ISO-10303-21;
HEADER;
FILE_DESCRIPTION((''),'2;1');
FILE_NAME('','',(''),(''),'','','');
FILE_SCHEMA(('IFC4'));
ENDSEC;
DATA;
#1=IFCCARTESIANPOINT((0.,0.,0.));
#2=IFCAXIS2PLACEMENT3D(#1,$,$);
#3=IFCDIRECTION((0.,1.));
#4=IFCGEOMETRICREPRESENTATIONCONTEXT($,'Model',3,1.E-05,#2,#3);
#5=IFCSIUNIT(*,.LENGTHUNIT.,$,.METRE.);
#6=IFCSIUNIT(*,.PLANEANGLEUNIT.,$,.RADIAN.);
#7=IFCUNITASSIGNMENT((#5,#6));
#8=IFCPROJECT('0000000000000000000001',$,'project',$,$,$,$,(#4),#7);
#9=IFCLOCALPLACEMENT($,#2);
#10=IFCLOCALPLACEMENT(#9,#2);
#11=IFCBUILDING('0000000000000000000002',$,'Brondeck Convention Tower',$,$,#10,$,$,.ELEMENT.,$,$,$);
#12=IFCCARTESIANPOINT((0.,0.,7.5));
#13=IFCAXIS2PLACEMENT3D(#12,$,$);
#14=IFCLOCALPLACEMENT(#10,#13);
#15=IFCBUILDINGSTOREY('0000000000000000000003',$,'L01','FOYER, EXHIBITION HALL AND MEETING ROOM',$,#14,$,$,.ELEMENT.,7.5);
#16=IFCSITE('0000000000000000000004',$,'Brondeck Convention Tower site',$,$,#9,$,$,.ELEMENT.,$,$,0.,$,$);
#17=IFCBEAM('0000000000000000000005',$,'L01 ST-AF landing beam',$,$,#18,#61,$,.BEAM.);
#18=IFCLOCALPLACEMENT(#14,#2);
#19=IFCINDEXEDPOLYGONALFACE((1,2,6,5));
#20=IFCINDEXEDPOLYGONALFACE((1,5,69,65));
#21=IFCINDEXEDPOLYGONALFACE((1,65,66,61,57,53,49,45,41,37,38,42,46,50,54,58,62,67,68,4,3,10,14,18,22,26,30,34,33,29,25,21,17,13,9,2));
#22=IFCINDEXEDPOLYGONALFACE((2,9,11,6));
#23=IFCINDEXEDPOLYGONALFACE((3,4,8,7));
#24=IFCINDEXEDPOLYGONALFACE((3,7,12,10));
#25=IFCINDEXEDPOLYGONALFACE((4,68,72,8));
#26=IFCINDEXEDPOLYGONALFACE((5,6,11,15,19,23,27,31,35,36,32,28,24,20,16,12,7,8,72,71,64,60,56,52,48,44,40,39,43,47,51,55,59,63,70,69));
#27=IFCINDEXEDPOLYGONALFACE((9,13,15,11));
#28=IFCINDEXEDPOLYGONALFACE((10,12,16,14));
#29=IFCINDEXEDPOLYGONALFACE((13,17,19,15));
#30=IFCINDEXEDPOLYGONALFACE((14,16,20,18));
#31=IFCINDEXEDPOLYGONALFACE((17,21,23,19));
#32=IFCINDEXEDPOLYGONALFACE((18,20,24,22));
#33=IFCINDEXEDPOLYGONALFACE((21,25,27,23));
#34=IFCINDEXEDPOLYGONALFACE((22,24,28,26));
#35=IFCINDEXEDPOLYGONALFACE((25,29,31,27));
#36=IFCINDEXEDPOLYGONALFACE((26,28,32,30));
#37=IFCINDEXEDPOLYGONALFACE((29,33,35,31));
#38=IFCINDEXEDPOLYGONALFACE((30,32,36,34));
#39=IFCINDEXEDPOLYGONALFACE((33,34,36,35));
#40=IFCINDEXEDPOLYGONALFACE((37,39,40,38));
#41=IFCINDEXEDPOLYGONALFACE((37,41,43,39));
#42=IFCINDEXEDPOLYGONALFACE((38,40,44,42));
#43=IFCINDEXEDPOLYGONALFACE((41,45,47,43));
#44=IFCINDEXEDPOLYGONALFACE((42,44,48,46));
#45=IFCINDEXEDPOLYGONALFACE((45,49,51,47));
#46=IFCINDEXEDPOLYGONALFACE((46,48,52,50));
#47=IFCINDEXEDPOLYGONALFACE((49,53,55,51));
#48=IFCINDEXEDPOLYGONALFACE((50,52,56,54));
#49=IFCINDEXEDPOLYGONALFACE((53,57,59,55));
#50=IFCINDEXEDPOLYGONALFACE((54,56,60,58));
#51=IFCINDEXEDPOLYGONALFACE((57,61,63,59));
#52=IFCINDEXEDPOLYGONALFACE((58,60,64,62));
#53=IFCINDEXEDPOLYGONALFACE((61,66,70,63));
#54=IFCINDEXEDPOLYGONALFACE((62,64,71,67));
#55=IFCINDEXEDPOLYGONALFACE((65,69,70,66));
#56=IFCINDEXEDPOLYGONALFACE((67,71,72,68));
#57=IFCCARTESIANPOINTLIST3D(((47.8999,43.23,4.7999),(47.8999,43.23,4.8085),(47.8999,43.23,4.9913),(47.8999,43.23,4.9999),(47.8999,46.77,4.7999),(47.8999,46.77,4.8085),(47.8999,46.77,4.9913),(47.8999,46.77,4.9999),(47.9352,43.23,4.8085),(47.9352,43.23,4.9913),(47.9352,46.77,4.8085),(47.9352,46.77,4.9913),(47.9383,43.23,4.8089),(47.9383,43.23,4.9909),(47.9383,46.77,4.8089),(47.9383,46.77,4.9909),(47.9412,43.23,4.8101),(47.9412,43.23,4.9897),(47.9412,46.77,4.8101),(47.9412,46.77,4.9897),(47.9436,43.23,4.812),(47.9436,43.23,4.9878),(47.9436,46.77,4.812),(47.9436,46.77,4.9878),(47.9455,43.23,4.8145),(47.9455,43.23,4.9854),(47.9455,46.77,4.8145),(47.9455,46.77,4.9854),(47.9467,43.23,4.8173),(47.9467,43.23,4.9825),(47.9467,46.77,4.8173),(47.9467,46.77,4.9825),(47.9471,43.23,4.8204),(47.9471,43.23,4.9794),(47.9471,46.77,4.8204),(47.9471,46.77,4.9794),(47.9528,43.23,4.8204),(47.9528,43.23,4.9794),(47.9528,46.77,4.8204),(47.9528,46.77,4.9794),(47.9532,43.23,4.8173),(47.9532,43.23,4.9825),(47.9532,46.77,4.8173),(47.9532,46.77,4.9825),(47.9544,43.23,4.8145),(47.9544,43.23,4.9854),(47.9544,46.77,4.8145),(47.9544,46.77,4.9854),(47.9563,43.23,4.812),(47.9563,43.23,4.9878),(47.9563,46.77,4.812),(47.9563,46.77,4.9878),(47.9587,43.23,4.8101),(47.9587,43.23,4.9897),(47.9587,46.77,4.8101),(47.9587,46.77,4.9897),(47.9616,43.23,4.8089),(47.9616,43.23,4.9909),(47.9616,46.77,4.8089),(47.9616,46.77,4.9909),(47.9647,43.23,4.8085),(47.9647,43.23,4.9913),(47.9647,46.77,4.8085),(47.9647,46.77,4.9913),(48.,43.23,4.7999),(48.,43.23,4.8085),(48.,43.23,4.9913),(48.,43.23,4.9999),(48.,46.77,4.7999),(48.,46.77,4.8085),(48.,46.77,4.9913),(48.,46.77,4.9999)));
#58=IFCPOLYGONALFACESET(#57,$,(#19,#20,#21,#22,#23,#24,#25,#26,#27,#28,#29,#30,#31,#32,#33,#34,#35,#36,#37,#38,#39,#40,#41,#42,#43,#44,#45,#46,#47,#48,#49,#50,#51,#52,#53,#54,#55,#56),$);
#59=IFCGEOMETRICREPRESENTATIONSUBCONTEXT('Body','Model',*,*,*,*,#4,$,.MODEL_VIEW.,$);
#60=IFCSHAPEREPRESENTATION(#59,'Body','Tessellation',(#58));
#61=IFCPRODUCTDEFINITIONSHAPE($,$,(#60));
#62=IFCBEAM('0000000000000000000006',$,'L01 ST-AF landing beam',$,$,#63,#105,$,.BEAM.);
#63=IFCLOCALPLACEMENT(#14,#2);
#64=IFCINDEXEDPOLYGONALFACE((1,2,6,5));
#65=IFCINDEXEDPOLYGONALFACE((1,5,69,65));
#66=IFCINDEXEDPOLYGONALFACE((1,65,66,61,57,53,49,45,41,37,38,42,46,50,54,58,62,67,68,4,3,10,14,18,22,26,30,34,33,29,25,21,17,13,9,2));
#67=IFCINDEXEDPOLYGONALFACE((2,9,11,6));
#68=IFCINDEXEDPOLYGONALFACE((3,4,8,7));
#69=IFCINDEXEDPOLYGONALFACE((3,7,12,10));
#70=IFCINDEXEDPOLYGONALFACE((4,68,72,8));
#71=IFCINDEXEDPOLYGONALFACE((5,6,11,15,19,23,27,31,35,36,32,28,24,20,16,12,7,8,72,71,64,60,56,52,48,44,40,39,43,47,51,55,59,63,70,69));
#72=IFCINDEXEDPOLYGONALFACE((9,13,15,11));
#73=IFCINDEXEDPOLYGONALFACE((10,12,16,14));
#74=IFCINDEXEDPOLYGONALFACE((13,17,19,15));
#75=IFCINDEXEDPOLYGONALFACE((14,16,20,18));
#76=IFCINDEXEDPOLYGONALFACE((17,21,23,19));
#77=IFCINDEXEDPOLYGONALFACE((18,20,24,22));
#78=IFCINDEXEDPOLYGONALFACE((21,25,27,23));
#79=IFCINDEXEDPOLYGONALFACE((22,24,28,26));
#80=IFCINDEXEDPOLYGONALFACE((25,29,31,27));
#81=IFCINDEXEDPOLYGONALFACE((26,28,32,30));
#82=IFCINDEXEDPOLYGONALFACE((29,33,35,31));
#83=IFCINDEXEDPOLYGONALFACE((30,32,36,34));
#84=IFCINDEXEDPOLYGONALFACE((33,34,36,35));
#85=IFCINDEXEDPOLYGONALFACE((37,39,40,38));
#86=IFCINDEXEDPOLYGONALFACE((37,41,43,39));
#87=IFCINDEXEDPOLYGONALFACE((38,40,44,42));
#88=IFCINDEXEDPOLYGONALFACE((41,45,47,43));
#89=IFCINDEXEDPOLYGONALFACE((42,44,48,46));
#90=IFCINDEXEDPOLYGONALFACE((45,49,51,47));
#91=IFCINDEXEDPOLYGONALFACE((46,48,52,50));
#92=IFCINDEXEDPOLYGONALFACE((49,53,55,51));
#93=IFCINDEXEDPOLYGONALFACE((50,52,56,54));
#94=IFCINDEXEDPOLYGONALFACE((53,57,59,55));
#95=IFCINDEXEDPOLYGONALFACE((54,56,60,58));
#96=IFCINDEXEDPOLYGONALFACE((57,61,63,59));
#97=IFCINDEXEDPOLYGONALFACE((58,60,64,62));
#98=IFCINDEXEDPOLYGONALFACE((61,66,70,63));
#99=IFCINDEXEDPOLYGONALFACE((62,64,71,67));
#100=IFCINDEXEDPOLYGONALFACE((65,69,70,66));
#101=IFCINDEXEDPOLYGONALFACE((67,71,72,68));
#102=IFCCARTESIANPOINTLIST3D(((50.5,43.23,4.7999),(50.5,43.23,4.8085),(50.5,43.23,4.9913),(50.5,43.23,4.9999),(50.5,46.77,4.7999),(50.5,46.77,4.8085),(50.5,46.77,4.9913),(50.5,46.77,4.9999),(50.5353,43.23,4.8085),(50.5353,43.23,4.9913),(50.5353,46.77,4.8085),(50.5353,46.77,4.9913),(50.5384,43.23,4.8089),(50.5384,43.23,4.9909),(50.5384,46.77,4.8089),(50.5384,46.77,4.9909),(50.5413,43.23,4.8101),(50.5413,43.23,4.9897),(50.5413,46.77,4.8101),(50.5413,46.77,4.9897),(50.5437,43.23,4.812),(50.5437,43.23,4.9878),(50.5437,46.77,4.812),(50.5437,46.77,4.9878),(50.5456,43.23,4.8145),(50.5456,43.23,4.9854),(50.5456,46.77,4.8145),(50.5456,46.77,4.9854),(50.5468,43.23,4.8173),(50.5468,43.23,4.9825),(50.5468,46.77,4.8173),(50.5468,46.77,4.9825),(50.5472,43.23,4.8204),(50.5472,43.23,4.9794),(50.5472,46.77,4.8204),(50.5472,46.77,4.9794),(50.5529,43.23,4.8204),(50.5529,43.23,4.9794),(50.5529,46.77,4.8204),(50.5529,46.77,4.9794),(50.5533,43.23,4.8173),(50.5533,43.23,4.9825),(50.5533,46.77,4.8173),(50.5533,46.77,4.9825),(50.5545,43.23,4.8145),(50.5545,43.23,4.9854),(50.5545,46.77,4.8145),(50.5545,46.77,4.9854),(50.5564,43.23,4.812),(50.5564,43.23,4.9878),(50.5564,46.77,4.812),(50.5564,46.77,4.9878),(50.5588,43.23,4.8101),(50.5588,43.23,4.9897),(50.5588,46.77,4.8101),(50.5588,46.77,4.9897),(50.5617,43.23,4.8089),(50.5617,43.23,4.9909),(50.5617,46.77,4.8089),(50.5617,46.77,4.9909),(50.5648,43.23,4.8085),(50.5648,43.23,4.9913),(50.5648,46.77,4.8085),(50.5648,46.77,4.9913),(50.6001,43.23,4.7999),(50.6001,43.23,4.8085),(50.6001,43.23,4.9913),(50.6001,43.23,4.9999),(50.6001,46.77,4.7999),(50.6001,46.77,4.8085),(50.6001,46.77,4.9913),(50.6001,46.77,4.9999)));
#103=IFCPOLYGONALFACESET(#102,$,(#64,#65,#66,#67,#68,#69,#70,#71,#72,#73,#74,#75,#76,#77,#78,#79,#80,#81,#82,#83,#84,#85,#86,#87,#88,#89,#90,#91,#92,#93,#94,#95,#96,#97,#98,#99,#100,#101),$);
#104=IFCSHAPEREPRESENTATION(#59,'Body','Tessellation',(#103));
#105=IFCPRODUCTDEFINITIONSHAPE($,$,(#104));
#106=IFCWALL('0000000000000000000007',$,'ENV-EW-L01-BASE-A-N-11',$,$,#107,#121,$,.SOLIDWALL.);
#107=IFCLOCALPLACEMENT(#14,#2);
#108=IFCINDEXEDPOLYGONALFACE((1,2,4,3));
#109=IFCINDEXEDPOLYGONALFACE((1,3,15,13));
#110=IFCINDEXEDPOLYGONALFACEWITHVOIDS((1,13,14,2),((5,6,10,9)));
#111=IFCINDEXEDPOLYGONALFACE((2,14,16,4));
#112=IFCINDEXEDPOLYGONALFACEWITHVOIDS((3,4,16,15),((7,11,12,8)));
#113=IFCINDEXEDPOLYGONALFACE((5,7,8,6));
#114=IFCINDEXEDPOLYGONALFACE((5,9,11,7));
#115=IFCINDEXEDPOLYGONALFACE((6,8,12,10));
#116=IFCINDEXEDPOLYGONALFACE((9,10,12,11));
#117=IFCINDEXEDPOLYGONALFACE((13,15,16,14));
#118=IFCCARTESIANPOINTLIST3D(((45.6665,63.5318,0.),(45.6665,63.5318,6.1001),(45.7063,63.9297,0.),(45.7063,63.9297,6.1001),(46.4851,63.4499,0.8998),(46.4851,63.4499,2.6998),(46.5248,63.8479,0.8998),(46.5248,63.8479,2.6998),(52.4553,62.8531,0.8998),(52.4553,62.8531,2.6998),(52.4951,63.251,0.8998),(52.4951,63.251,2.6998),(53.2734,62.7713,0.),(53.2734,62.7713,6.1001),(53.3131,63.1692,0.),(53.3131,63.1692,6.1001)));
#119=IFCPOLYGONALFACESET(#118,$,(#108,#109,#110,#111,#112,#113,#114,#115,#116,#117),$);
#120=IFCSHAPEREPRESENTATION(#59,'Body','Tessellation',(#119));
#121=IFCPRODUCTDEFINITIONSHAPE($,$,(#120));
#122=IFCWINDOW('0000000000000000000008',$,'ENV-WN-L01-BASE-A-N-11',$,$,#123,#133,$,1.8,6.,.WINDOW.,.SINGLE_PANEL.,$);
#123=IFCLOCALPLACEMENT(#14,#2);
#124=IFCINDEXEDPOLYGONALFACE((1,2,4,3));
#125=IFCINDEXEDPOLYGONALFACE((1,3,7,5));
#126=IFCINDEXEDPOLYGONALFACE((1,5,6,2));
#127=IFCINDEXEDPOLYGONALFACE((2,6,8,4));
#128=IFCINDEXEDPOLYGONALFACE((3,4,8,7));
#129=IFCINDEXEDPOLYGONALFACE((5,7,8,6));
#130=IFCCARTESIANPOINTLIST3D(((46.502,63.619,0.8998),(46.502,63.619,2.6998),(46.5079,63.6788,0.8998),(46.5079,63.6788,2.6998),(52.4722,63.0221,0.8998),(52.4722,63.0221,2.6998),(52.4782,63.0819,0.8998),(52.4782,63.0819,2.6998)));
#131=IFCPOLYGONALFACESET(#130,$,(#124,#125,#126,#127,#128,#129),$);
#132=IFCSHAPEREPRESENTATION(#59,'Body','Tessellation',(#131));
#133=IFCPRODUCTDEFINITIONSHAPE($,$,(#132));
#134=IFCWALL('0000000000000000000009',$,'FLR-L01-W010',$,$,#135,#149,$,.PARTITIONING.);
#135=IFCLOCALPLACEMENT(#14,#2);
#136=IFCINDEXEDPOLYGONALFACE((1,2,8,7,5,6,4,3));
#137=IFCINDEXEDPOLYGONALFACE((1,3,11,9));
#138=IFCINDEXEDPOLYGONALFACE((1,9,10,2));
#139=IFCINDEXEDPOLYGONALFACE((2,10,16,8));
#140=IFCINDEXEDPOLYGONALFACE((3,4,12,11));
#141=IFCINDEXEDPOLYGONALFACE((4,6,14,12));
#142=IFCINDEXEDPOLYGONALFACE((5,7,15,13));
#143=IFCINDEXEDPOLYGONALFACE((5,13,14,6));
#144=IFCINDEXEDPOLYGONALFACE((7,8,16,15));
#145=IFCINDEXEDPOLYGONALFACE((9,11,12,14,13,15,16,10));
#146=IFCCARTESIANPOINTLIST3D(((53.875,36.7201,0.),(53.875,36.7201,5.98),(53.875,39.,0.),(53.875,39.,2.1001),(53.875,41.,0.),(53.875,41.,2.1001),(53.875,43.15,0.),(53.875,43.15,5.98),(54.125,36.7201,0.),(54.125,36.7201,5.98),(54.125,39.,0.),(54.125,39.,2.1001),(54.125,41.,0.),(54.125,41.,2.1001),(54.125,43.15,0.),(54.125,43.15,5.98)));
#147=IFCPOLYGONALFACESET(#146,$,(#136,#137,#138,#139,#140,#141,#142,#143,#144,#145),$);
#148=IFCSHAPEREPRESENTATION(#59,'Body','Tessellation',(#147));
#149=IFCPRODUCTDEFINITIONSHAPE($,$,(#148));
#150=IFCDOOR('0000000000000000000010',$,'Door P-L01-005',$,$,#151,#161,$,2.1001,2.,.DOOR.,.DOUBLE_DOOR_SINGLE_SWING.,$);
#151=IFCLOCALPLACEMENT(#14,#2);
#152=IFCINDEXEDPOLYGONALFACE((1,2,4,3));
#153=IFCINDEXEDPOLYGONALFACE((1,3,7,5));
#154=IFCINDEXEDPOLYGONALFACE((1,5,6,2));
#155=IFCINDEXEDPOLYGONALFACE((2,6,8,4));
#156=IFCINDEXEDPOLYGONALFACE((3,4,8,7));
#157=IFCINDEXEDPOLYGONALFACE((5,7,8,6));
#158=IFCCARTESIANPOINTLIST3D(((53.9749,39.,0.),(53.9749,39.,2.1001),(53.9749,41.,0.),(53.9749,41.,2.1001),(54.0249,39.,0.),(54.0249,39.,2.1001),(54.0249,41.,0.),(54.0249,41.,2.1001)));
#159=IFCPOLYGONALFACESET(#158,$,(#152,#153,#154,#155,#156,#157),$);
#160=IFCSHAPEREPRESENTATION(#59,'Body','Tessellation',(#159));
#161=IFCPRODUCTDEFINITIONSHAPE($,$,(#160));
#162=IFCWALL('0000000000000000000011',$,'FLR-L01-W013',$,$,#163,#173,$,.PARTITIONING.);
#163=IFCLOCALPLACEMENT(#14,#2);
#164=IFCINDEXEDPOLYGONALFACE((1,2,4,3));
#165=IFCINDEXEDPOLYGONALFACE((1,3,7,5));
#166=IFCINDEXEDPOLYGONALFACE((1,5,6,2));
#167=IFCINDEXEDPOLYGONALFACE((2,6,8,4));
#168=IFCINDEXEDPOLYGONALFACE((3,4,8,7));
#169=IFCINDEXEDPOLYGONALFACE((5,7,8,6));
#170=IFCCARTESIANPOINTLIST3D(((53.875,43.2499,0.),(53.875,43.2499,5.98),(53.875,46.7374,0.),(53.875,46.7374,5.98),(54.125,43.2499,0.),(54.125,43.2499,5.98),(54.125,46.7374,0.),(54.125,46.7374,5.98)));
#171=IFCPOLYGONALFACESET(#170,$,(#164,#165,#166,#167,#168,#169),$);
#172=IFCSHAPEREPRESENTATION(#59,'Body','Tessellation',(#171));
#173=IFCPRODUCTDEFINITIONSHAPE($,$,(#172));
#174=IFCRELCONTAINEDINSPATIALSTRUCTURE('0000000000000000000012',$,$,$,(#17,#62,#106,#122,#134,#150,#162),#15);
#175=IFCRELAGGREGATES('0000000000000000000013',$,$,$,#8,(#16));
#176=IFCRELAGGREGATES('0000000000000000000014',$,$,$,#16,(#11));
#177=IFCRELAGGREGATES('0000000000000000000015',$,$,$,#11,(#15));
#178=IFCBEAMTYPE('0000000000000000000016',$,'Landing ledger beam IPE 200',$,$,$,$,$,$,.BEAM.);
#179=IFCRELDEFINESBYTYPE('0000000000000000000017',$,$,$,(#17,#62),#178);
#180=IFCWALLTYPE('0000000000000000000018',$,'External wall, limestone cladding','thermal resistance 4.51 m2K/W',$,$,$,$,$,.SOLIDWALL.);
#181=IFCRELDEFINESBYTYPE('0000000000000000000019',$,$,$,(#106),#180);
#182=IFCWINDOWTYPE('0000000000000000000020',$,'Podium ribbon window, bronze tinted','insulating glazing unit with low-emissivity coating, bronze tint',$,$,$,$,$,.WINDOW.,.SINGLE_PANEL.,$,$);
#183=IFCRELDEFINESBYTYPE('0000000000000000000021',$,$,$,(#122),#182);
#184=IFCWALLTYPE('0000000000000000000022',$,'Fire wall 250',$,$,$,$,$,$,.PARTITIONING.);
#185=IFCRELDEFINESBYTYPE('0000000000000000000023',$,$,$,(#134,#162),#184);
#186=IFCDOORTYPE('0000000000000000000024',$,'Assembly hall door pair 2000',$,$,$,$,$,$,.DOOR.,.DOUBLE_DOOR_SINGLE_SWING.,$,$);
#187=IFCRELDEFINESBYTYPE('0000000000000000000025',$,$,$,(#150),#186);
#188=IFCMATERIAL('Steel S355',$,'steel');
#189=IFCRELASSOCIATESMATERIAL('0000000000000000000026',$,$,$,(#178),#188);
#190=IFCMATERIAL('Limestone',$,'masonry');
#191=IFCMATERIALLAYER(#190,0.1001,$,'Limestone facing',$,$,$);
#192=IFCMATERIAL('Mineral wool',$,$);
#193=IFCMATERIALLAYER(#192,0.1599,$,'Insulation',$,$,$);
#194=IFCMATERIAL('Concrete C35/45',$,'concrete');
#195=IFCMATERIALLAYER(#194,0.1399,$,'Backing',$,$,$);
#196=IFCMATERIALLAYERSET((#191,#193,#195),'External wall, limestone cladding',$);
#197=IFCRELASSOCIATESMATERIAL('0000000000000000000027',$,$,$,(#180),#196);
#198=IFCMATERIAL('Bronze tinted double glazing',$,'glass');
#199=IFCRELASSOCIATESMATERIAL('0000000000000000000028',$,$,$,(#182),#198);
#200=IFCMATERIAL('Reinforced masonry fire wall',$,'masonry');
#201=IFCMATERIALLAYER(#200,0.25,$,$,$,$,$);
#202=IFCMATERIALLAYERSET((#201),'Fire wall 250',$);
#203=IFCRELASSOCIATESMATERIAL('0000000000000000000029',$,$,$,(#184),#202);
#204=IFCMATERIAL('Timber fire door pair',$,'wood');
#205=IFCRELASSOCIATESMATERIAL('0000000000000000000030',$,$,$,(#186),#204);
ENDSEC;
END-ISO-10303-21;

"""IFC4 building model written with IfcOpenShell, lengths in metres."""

from ifc_helpers import new_model, si_unit, direction, frame, frame_2d, origin, origin_2d, place, context, subcontext, project, spatial, rectangle, i_section, extrude, material, layer, layer_set, material_profile, profile_set, type_object, element, fill, save


model = new_model("IFC4")

# Units and contexts
model_context = context("Model", 3, precision=1e-05, world=origin(), true_north=direction((0.0, 1.0)))
body_context = subcontext(model_context, "Body", "Model", "MODEL_VIEW")
ifc_project = project(units=[si_unit("LENGTHUNIT", "METRE"), si_unit("PLANEANGLEUNIT", "RADIAN")], contexts=[model_context])

# Site, building, storey
site_placement = place(None, origin())
site = spatial("IfcSite", under=ifc_project, at=site_placement, Name="Brondeck Convention Tower site", CompositionType="ELEMENT", RefElevation=0.0)
building_placement = place(site_placement, origin())
building = spatial("IfcBuilding", under=site, at=building_placement, Name="Brondeck Convention Tower", CompositionType="ELEMENT")
storey_placement = place(building_placement, frame((0.0, 0.0, 7.5)))
storey = spatial("IfcBuildingStorey", under=building, at=storey_placement, Name="L01", Description="FOYER, EXHIBITION HALL AND MEETING ROOM", CompositionType="ELEMENT", Elevation=7.5)

# Beams
ifc_material_1 = material(Name="Steel S355", Category="steel")
ifc_material_profile_1 = material_profile(ifc_material_1, i_section(OverallWidth=0.1001, OverallDepth=0.2, WebThickness=0.0056, FlangeThickness=0.0085, FilletRadius=0.012, at=origin_2d()), Name="IPE200")
ifc_profile_set_1 = profile_set([ifc_material_profile_1], Name="Steel S355")
beam_type_1 = type_object("IfcBeamType", Name="Landing ledger beam IPE 200", PredefinedType="BEAM", material=ifc_profile_set_1)
for number, where, z_axis, x_axis, name in (
    (1, (47.95, 43.23, 4.8999), (0.0, 1.0, 0.0), (-1.0, 0.0, 0.0), "L01 ST-AF landing beam"),
    (2, (50.55, 43.23, 4.8999), (0.0, 1.0, 0.0), (-1.0, 0.0, 0.0), "L01 ST-AF landing beam"),
):
    element("IfcBeam", number, at=place(storey_placement, frame(where, z_axis=z_axis, x_axis=x_axis)), inside=storey, type_object=beam_type_1, Name=name, PredefinedType="BEAM", context=body_context, shape_type="SweptSolid", body=[
        extrude(i_section(OverallWidth=0.1001, OverallDepth=0.2, WebThickness=0.0056, FlangeThickness=0.0085, FilletRadius=0.012, at=origin_2d()), origin(), (0.0, 0.0, 1.0), 3.54),
    ])

# Wall, opening, window
ifc_material_2 = material(Name="Limestone", Category="masonry")
ifc_layer_1 = layer(ifc_material_2, 0.1001, Name="Limestone facing")
ifc_material_3 = material(Name="Mineral wool")
ifc_layer_2 = layer(ifc_material_3, 0.1599, Name="Insulation")
ifc_material_4 = material(Name="Concrete C35/45", Category="concrete")
ifc_layer_3 = layer(ifc_material_4, 0.1399, Name="Backing")
ifc_layer_set_1 = layer_set([ifc_layer_1, ifc_layer_2, ifc_layer_3], Name="External wall, limestone cladding")
wall_type_1 = type_object("IfcWallType", Name="External wall, limestone cladding", Description="thermal resistance 4.51 m2K/W", PredefinedType="SOLIDWALL", material=ifc_layer_set_1)
wall_1_placement = place(storey_placement, frame((45.6865, 63.7307, 0.0), z_axis=(0.0, 0.0, 1.0), x_axis=(0.99504, -0.099478, 0.0)))
wall_1 = element("IfcWall", 3, at=wall_1_placement, inside=storey, type_object=wall_type_1, Name="ENV-EW-L01-BASE-A-N-11", PredefinedType="SOLIDWALL", context=body_context, shape_type="SweptSolid", body=[
    extrude(rectangle(XDim=7.6448, YDim=0.3999, at=frame_2d((3.8223, 0.0))), origin(), (0.0, 0.0, 1.0), 6.1001),
])
opening_1_placement = place(wall_1_placement, frame((0.8225, 0.0, 0.8999)))
opening_1 = element("IfcOpeningElement", 4, at=opening_1_placement, cuts=wall_1, PredefinedType="OPENING", context=body_context, shape_type="SweptSolid", body=[
    extrude(rectangle(XDim=6.0, YDim=1.8, at=frame_2d((3.0, 0.8999))), frame((0.0, 0.21, 0.0), z_axis=(0.0, -1.0, 0.0), x_axis=(1.0, 0.0, 0.0)), (0.0, 0.0, 1.0), 0.4199),
])
ifc_material_5 = material(Name="Bronze tinted double glazing", Category="glass")
window_type = type_object("IfcWindowType", Name="Podium ribbon window, bronze tinted", Description="insulating glazing unit with low-emissivity coating, bronze tint", PartitioningType="SINGLE_PANEL", PredefinedType="WINDOW", material=ifc_material_5)
window_placement = place(opening_1_placement, origin())
window = element("IfcWindow", 5, at=window_placement, inside=storey, type_object=window_type, Name="ENV-WN-L01-BASE-A-N-11", OverallHeight=1.8, OverallWidth=6.0, PartitioningType="SINGLE_PANEL", PredefinedType="WINDOW", context=body_context, shape_type="SweptSolid", body=[
    extrude(rectangle(XDim=6.0, YDim=1.8, at=frame_2d((3.0, 0.8999))), frame((0.0, 0.03, 0.0), z_axis=(0.0, -1.0, 0.0), x_axis=(1.0, 0.0, 0.0)), (0.0, 0.0, 1.0), 0.0601),
])
fill(opening_1, window)

# Wall, opening, door
ifc_material_6 = material(Name="Reinforced masonry fire wall", Category="masonry")
ifc_layer_4 = layer(ifc_material_6, 0.25)
ifc_layer_set_2 = layer_set([ifc_layer_4], Name="Fire wall 250")
wall_type_2 = type_object("IfcWallType", Name="Fire wall 250", PredefinedType="PARTITIONING", material=ifc_layer_set_2)
wall_2_placement = place(storey_placement, frame((54.0, 43.1499, 0.0), z_axis=(0.0, 0.0, 1.0), x_axis=(0.0, -1.0, 0.0)))
wall_2 = element("IfcWall", 6, at=wall_2_placement, inside=storey, type_object=wall_type_2, Name="FLR-L01-W010", PredefinedType="PARTITIONING", context=body_context, shape_type="SweptSolid", body=[
    extrude(rectangle(XDim=6.4299, YDim=0.25, at=frame_2d((3.2148, 0.0))), origin(), (0.0, 0.0, 1.0), 5.98),
])
opening_2_placement = place(wall_2_placement, frame((2.1499, 0.0, 0.0)))
opening_2 = element("IfcOpeningElement", 7, at=opening_2_placement, cuts=wall_2, PredefinedType="OPENING", context=body_context, shape_type="SweptSolid", body=[
    extrude(rectangle(XDim=2.0, YDim=2.1001, at=frame_2d((1.0, 1.05))), frame((0.0, 0.135, 0.0), z_axis=(0.0, -1.0, 0.0), x_axis=(1.0, 0.0, 0.0)), (0.0, 0.0, 1.0), 0.27),
])
ifc_material_7 = material(Name="Timber fire door pair", Category="wood")
door_type_1 = type_object("IfcDoorType", Name="Assembly hall door pair 2000", OperationType="DOUBLE_DOOR_SINGLE_SWING", PredefinedType="DOOR", material=ifc_material_7)
door_1_placement = place(opening_2_placement, origin())
door_1 = element("IfcDoor", 8, at=door_1_placement, inside=storey, type_object=door_type_1, Name="Door P-L01-005", OperationType="DOUBLE_DOOR_SINGLE_SWING", OverallHeight=2.1001, OverallWidth=2.0, PredefinedType="DOOR", context=body_context, shape_type="SweptSolid", body=[
    extrude(rectangle(XDim=2.0, YDim=2.1001, at=frame_2d((1.0, 1.05))), frame((0.0, 0.0249, 0.0), z_axis=(0.0, -1.0, 0.0), x_axis=(1.0, 0.0, 0.0)), (0.0, 0.0, 1.0), 0.05),
])
fill(opening_2, door_1)

# Wall
wall_3_placement = place(storey_placement, frame((54.0, 43.25, 0.0), z_axis=(0.0, 0.0, 1.0), x_axis=(0.0, 1.0, 0.0)))
element("IfcWall", 9, at=wall_3_placement, inside=storey, type_object=wall_type_2, Name="FLR-L01-W013", PredefinedType="PARTITIONING", context=body_context, shape_type="SweptSolid", body=[
    extrude(rectangle(XDim=3.4875, YDim=0.25, at=frame_2d((1.7437, 0.0))), origin(), (0.0, 0.0, 1.0), 5.98),
])

save(model, "model.ifc")
